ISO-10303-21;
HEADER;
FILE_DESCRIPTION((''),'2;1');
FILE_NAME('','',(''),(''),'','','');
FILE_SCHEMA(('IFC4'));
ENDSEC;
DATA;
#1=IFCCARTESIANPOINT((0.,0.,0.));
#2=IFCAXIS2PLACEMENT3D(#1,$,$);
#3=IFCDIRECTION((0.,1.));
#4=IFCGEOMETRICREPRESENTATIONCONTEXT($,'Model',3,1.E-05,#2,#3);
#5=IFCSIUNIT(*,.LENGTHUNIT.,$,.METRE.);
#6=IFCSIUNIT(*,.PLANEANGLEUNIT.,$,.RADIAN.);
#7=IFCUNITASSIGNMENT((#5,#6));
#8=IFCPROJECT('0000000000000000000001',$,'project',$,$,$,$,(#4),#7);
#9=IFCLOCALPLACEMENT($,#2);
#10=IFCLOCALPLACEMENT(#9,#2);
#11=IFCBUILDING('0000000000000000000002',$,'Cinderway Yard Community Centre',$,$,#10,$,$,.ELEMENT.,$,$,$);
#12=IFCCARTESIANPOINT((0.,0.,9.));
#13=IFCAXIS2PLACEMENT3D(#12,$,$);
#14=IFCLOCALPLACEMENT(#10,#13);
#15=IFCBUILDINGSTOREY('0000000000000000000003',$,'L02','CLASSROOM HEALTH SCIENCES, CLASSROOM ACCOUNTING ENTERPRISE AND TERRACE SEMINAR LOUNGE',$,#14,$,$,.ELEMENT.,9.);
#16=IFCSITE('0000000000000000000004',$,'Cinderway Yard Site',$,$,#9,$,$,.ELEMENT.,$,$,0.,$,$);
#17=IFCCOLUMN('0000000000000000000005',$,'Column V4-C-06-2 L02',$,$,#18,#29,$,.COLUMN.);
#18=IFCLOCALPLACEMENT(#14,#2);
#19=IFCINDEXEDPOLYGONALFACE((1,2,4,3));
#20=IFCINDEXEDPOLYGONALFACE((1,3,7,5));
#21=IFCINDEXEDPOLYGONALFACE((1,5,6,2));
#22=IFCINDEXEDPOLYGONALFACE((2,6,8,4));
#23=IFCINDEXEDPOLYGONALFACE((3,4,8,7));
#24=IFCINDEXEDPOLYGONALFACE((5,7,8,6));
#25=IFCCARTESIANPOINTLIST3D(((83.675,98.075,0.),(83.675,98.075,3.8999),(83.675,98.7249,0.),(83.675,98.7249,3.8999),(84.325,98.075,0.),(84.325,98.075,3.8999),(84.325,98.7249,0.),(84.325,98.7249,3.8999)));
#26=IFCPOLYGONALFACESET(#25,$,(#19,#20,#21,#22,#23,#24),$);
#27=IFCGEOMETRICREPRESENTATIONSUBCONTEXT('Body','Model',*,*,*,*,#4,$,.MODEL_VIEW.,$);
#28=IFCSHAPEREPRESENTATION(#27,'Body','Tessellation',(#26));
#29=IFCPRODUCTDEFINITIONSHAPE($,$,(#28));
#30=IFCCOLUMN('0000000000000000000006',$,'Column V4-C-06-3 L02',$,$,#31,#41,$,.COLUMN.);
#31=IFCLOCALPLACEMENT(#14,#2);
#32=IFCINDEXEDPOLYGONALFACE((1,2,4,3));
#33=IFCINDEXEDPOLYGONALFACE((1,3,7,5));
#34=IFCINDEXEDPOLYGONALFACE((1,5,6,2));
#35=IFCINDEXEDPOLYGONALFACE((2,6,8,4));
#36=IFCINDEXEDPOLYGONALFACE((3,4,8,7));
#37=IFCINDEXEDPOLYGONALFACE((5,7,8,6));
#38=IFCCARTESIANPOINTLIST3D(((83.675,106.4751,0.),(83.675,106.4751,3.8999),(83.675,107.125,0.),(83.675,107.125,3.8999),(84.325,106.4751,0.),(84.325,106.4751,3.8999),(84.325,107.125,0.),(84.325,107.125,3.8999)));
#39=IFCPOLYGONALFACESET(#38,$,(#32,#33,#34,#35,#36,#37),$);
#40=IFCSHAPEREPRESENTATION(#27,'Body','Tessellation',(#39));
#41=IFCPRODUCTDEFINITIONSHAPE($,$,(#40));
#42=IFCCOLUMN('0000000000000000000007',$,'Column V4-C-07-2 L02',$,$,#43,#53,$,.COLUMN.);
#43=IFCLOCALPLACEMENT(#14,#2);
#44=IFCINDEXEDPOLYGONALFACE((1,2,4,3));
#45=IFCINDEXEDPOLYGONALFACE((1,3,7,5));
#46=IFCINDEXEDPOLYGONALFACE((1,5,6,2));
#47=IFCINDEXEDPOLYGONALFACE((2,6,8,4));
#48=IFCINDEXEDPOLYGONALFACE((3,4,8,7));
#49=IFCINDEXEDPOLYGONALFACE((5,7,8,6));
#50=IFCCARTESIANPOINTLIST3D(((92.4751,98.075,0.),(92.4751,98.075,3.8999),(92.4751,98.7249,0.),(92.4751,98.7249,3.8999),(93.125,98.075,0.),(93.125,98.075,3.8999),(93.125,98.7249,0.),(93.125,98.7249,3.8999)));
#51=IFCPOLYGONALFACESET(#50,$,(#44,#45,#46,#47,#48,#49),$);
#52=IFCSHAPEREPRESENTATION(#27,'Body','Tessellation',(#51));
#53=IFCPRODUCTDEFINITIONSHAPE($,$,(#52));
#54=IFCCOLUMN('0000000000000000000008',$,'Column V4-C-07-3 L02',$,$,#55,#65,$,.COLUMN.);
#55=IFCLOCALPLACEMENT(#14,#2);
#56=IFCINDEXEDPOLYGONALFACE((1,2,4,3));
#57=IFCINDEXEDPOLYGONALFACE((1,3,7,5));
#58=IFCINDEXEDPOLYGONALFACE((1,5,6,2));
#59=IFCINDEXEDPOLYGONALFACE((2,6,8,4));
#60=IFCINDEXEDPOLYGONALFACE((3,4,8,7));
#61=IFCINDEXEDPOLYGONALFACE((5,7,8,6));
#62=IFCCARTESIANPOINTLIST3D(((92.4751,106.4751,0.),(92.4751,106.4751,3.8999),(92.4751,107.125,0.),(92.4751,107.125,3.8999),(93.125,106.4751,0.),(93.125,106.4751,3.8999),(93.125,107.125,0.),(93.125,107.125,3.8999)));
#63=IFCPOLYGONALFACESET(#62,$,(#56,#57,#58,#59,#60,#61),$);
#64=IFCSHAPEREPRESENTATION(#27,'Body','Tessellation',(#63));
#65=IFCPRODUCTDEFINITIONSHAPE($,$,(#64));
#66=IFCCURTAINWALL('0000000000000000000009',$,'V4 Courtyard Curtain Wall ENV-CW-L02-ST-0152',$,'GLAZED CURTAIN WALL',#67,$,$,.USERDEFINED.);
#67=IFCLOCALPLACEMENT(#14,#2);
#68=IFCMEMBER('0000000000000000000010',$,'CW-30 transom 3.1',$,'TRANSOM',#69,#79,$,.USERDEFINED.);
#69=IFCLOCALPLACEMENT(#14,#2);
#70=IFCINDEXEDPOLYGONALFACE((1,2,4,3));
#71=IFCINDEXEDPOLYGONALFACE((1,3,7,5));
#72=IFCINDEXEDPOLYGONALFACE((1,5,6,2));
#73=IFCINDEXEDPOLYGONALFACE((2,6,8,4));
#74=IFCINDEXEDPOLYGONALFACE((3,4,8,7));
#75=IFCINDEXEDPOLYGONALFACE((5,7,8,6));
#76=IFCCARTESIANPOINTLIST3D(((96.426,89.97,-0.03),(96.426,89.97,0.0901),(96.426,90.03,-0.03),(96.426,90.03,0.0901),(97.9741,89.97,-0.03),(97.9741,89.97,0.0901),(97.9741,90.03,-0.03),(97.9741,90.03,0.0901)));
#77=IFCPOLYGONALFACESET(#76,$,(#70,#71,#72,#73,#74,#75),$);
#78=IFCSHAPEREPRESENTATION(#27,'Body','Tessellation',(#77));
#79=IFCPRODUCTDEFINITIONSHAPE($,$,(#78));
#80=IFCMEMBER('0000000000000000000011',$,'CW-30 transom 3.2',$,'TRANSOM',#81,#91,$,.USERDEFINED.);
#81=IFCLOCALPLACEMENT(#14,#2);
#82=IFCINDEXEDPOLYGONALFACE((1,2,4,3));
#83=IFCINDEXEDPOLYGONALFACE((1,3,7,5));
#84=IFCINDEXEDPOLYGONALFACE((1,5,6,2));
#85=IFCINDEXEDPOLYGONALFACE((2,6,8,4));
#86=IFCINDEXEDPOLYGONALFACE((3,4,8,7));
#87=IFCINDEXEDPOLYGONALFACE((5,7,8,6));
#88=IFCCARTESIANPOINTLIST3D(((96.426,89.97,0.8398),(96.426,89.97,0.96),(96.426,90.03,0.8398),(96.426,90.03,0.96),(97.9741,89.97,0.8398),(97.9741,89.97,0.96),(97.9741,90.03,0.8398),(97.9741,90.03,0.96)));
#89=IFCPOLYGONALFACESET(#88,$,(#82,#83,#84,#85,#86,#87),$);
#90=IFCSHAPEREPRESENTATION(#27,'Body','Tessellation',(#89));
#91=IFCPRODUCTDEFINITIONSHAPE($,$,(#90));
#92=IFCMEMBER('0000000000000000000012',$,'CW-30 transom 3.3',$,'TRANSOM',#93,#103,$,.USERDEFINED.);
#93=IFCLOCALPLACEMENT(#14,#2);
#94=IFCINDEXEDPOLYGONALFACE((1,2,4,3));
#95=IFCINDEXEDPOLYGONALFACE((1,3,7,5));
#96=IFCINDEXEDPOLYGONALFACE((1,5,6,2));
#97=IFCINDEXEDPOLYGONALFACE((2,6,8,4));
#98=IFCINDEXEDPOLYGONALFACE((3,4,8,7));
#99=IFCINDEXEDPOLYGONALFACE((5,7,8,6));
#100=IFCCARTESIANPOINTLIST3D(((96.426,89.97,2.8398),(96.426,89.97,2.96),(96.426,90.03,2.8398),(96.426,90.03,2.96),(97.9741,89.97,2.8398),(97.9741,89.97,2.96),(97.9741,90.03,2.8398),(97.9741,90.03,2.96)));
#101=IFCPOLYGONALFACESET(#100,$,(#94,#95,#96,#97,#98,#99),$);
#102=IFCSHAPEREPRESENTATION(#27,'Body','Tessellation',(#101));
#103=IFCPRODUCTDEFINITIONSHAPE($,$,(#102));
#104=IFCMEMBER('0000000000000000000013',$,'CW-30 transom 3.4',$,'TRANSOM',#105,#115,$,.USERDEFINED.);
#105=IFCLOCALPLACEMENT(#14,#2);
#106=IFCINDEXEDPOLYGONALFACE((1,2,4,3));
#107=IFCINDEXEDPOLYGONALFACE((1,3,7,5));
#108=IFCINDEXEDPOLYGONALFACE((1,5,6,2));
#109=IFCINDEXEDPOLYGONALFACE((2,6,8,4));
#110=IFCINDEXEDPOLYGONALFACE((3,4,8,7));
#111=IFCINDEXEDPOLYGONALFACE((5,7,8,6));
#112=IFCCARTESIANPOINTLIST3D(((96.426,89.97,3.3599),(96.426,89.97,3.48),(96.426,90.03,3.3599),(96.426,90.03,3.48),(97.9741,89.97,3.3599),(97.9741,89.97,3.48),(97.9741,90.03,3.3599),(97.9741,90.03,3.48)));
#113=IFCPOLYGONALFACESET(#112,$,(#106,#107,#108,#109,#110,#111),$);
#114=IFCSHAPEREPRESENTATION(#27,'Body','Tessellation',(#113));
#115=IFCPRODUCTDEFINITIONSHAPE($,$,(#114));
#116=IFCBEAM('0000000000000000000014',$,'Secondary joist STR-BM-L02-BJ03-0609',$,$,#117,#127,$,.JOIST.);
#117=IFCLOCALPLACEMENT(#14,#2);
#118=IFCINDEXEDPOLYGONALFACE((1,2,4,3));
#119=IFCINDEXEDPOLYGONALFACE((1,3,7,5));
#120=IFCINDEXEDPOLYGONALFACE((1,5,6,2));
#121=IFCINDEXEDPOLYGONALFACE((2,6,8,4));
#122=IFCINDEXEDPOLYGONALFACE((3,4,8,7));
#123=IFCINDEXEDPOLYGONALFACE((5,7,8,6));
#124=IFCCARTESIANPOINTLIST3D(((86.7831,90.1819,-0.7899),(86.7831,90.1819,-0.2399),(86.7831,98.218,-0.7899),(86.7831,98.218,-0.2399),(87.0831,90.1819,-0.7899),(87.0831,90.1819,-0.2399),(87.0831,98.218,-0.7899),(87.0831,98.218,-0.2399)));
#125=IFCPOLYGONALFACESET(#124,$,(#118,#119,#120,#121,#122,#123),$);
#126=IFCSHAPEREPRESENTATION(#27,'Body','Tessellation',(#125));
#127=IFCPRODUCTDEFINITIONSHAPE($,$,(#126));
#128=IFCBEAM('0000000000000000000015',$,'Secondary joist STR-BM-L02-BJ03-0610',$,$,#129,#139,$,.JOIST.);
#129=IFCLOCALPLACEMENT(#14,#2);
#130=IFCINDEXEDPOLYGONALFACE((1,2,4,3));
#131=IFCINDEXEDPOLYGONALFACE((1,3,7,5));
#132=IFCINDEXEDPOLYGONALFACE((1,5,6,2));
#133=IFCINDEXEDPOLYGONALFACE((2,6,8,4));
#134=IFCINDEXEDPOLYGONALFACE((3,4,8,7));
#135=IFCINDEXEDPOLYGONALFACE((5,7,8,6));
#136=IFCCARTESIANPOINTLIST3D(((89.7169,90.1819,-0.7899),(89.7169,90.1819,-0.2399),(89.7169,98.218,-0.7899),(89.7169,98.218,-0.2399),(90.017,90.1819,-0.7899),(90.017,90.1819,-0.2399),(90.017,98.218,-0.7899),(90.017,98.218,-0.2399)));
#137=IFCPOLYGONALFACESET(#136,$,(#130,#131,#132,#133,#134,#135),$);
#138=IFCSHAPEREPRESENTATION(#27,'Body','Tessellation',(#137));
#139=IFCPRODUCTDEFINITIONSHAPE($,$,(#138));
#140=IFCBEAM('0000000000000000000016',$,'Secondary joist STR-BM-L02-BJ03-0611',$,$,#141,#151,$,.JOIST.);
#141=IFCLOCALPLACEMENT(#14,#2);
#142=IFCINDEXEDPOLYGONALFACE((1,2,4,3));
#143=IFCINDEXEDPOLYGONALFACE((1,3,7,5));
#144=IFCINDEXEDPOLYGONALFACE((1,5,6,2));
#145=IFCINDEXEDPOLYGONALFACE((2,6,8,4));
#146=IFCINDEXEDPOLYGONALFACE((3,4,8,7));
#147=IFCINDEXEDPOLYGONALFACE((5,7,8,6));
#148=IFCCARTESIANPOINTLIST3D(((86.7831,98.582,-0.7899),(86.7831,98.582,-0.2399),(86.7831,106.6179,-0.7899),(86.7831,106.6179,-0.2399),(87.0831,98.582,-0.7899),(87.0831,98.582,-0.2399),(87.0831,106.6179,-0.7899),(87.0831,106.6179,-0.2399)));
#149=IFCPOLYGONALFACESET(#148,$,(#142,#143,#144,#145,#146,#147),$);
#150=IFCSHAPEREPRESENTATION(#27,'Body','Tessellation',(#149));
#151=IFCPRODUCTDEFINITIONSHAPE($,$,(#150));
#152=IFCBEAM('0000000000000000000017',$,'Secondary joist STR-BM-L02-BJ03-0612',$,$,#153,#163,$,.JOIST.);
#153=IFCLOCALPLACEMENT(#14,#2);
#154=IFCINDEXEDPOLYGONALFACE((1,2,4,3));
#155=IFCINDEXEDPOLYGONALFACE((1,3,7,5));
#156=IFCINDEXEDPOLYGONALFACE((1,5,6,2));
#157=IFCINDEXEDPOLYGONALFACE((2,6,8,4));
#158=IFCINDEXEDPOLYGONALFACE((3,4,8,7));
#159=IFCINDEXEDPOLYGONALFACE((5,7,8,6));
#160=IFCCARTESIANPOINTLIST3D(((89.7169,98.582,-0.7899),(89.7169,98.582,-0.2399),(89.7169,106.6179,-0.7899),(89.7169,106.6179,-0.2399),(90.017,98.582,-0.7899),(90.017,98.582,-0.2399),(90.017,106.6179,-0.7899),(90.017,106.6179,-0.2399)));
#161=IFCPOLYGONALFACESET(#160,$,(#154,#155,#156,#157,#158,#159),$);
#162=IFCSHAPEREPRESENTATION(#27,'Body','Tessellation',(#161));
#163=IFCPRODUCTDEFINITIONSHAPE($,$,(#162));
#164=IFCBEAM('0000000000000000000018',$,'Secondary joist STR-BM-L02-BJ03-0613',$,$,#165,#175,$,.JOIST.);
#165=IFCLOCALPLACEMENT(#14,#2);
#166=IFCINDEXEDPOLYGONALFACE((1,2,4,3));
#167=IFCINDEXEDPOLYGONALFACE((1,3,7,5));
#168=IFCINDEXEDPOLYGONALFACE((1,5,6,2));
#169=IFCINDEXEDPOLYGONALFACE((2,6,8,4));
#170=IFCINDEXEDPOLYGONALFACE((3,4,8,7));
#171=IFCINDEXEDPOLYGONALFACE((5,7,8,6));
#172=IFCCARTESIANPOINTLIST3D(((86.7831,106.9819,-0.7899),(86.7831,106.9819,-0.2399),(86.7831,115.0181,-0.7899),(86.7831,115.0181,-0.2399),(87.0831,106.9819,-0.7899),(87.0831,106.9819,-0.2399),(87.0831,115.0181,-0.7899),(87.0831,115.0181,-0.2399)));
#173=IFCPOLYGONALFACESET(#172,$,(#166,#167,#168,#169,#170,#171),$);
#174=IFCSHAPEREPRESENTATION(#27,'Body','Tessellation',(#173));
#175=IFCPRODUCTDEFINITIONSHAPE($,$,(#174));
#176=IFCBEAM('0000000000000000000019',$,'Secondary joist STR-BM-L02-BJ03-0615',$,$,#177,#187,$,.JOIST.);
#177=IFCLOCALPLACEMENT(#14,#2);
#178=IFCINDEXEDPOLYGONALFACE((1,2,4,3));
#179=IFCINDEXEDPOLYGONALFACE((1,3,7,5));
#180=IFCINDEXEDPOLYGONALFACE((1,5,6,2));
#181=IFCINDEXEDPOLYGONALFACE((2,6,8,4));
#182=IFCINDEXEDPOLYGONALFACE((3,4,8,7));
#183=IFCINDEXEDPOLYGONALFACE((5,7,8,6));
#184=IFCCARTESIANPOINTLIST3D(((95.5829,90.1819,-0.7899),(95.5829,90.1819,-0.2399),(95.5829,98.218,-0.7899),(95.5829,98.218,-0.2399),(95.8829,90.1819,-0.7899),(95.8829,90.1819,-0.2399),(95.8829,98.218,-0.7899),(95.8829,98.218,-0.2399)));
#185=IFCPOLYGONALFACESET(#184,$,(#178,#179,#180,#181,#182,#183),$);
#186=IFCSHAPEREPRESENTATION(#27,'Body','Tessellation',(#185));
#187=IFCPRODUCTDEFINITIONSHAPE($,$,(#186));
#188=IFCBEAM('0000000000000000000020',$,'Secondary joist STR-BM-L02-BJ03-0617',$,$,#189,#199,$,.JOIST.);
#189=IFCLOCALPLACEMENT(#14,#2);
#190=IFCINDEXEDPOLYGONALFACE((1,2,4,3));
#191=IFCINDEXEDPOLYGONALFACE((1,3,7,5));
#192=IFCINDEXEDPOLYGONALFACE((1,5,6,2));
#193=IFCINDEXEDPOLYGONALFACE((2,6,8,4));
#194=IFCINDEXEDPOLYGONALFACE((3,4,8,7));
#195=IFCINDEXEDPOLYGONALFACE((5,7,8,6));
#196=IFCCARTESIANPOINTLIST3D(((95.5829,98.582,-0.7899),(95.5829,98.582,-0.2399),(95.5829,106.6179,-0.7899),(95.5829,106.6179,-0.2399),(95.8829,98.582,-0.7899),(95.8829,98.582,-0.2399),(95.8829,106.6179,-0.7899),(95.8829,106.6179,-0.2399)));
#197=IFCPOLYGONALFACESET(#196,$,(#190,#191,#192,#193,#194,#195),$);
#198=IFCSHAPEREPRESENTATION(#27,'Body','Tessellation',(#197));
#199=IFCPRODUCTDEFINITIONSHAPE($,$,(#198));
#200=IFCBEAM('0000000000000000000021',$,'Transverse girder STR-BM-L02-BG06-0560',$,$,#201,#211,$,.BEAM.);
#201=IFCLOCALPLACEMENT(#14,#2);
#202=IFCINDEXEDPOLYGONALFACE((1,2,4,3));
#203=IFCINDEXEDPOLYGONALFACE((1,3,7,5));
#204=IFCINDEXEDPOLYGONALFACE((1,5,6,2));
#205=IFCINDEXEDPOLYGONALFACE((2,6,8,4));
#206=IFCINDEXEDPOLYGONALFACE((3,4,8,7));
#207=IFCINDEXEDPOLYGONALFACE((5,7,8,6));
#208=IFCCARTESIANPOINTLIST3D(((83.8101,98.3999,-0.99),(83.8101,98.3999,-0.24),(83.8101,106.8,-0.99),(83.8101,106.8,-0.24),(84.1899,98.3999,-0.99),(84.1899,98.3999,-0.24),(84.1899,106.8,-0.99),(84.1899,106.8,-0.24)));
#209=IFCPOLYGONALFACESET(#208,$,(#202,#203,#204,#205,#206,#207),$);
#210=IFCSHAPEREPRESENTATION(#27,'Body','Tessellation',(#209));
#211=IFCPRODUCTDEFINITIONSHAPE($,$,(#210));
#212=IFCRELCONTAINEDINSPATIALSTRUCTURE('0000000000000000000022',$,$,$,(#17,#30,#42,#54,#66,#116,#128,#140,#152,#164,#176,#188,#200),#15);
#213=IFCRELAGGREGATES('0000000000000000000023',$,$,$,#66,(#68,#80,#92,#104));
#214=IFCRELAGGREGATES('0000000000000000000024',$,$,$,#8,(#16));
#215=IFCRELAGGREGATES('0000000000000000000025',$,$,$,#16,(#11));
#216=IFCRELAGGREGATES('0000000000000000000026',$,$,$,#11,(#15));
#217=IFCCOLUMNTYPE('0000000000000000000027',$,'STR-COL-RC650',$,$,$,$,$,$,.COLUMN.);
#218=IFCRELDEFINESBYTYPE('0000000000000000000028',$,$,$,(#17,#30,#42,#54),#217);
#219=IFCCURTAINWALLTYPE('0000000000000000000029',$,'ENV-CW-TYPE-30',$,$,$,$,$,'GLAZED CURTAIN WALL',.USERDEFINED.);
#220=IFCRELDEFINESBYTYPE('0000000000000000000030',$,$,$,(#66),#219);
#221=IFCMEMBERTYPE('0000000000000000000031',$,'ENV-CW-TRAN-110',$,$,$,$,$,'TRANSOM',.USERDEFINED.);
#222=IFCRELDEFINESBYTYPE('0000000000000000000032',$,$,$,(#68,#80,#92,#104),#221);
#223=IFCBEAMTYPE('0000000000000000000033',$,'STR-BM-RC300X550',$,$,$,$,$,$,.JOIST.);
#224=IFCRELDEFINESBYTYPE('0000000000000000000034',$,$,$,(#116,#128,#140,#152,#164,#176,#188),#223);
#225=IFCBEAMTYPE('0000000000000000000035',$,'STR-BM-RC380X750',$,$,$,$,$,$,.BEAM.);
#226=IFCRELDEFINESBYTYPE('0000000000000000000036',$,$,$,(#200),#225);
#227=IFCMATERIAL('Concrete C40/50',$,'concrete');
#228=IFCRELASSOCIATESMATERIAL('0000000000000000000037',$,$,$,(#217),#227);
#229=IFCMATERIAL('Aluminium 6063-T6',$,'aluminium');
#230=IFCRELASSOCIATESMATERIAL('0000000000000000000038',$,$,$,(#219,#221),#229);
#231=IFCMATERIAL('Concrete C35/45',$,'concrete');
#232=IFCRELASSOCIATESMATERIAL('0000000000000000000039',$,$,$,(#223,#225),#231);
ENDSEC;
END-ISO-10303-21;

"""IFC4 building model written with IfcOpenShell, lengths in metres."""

from ifc_helpers import new_model, si_unit, direction, frame, origin, origin_2d, place, context, subcontext, project, spatial, rectangle, extrude, material, material_profile, profile_set, type_object, element, aggregate, save


model = new_model("IFC4")

# Units and contexts
model_context = context("Model", 3, precision=1e-05, world=origin(), true_north=direction((0.0, 1.0)))
body_context = subcontext(model_context, "Body", "Model", "MODEL_VIEW")
ifc_project = project(units=[si_unit("LENGTHUNIT", "METRE"), si_unit("PLANEANGLEUNIT", "RADIAN")], contexts=[model_context])

# Site, building, storey
site_placement = place(None, origin())
site = spatial("IfcSite", under=ifc_project, at=site_placement, Name="Cinderway Yard Site", CompositionType="ELEMENT", RefElevation=0.0)
building_placement = place(site_placement, origin())
building = spatial("IfcBuilding", under=site, at=building_placement, Name="Cinderway Yard Community Centre", CompositionType="ELEMENT")
storey_placement = place(building_placement, frame((0.0, 0.0, 9.0)))
storey = spatial("IfcBuildingStorey", under=building, at=storey_placement, Name="L02", Description="CLASSROOM HEALTH SCIENCES, CLASSROOM ACCOUNTING ENTERPRISE AND TERRACE SEMINAR LOUNGE", CompositionType="ELEMENT", Elevation=9.0)

# Columns
ifc_material_1 = material(Name="Concrete C40/50", Category="concrete")
ifc_material_profile_1 = material_profile(ifc_material_1, rectangle(XDim=0.6499, YDim=0.6499, at=origin_2d()), Name="Concrete C40/50")
ifc_profile_set_1 = profile_set([ifc_material_profile_1], Name="Concrete C40/50")
column_type = type_object("IfcColumnType", Name="STR-COL-RC650", PredefinedType="COLUMN", material=ifc_profile_set_1)
for number, where, z_axis, x_axis, name in (
    (1, (84.0, 98.3999, 0.0), (0.0, 0.0, 1.0), (1.0, 0.0, 0.0), "Column V4-C-06-2 L02"),
    (2, (84.0, 106.8, 0.0), (0.0, 0.0, 1.0), (1.0, 0.0, 0.0), "Column V4-C-06-3 L02"),
    (3, (92.8, 98.3999, 0.0), (0.0, 0.0, 1.0), (1.0, 0.0, 0.0), "Column V4-C-07-2 L02"),
    (4, (92.8, 106.8, 0.0), (0.0, 0.0, 1.0), (1.0, 0.0, 0.0), "Column V4-C-07-3 L02"),
):
    element("IfcColumn", number, at=place(storey_placement, frame(where, z_axis=z_axis, x_axis=x_axis)), inside=storey, type_object=column_type, Name=name, PredefinedType="COLUMN", context=body_context, shape_type="SweptSolid", body=[
        extrude(rectangle(XDim=0.6499, YDim=0.6499, at=origin_2d()), origin(), (0.0, 0.0, 1.0), 3.8999),
    ])

# Curtain wall, members
ifc_material_2 = material(Name="Aluminium 6063-T6", Category="aluminium")
curtain_wall_type = type_object("IfcCurtainWallType", Name="ENV-CW-TYPE-30", ElementType="GLAZED CURTAIN WALL", PredefinedType="USERDEFINED", material=ifc_material_2)
curtain_wall_placement = place(storey_placement, origin())
curtain_wall = element("IfcCurtainWall", 5, at=curtain_wall_placement, inside=storey, type_object=curtain_wall_type, Name="V4 Courtyard Curtain Wall ENV-CW-L02-ST-0152", ObjectType="GLAZED CURTAIN WALL", PredefinedType="USERDEFINED")
ifc_material_profile_2 = material_profile(ifc_material_2, rectangle(XDim=0.0601, YDim=0.1201, at=origin_2d()), Name="Aluminium 6063-T6")
ifc_profile_set_2 = profile_set([ifc_material_profile_2], Name="Aluminium 6063-T6")
member_type = type_object("IfcMemberType", Name="ENV-CW-TRAN-110", ElementType="TRANSOM", PredefinedType="USERDEFINED", material=ifc_profile_set_2)
member_1_placement = place(storey_placement, frame((96.426, 90.0, 0.03), z_axis=(1.0, 0.0, 0.0), x_axis=(0.0, 1.0, 0.0)))
member_1 = element("IfcMember", 6, at=member_1_placement, type_object=member_type, Name="CW-30 transom 3.1", ObjectType="TRANSOM", PredefinedType="USERDEFINED", context=body_context, shape_type="SweptSolid", body=[
    extrude(rectangle(XDim=0.0601, YDim=0.1201, at=origin_2d()), origin(), (0.0, 0.0, 1.0), 1.5481),
])
member_2_placement = place(storey_placement, frame((96.426, 90.0, 0.8999), z_axis=(1.0, 0.0, 0.0), x_axis=(0.0, 1.0, 0.0)))
member_2 = element("IfcMember", 7, at=member_2_placement, type_object=member_type, Name="CW-30 transom 3.2", ObjectType="TRANSOM", PredefinedType="USERDEFINED", context=body_context, shape_type="SweptSolid", body=[
    extrude(rectangle(XDim=0.0601, YDim=0.1201, at=origin_2d()), origin(), (0.0, 0.0, 1.0), 1.5481),
])
member_3_placement = place(storey_placement, frame((96.426, 90.0, 2.8999), z_axis=(1.0, 0.0, 0.0), x_axis=(0.0, 1.0, 0.0)))
member_3 = element("IfcMember", 8, at=member_3_placement, type_object=member_type, Name="CW-30 transom 3.3", ObjectType="TRANSOM", PredefinedType="USERDEFINED", context=body_context, shape_type="SweptSolid", body=[
    extrude(rectangle(XDim=0.0601, YDim=0.1201, at=origin_2d()), origin(), (0.0, 0.0, 1.0), 1.5481),
])
member_4_placement = place(storey_placement, frame((96.426, 90.0, 3.4199), z_axis=(1.0, 0.0, 0.0), x_axis=(0.0, 1.0, 0.0)))
member_4 = element("IfcMember", 9, at=member_4_placement, type_object=member_type, Name="CW-30 transom 3.4", ObjectType="TRANSOM", PredefinedType="USERDEFINED", context=body_context, shape_type="SweptSolid", body=[
    extrude(rectangle(XDim=0.0601, YDim=0.1201, at=origin_2d()), origin(), (0.0, 0.0, 1.0), 1.5481),
])

# Beams
ifc_material_3 = material(Name="Concrete C35/45", Category="concrete")
ifc_material_profile_3 = material_profile(ifc_material_3, rectangle(XDim=0.3, YDim=0.55, at=origin_2d()), Name="Concrete C35/45")
ifc_profile_set_3 = profile_set([ifc_material_profile_3], Name="Concrete C35/45")
beam_type_1 = type_object("IfcBeamType", Name="STR-BM-RC300X550", PredefinedType="JOIST", material=ifc_profile_set_3)
for number, where, z_axis, x_axis, name in (
    (10, (86.9331, 90.1819, -0.5149), (0.0, 1.0, 0.0), (-1.0, 0.0, 0.0), "Secondary joist STR-BM-L02-BJ03-0609"),
    (11, (89.8669, 90.1819, -0.5149), (0.0, 1.0, 0.0), (-1.0, 0.0, 0.0), "Secondary joist STR-BM-L02-BJ03-0610"),
):
    element("IfcBeam", number, at=place(storey_placement, frame(where, z_axis=z_axis, x_axis=x_axis)), inside=storey, type_object=beam_type_1, Name=name, PredefinedType="JOIST", context=body_context, shape_type="SweptSolid", body=[
        extrude(rectangle(XDim=0.3, YDim=0.55, at=origin_2d()), origin(), (0.0, 0.0, 1.0), 8.0361),
    ])
for number, where, z_axis, x_axis, name in (
    (12, (86.9331, 98.582, -0.5149), (0.0, 1.0, 0.0), (-1.0, 0.0, 0.0), "Secondary joist STR-BM-L02-BJ03-0611"),
    (13, (89.8669, 98.582, -0.5149), (0.0, 1.0, 0.0), (-1.0, 0.0, 0.0), "Secondary joist STR-BM-L02-BJ03-0612"),
):
    element("IfcBeam", number, at=place(storey_placement, frame(where, z_axis=z_axis, x_axis=x_axis)), inside=storey, type_object=beam_type_1, Name=name, PredefinedType="JOIST", context=body_context, shape_type="SweptSolid", body=[
        extrude(rectangle(XDim=0.3, YDim=0.55, at=origin_2d()), origin(), (0.0, 0.0, 1.0), 8.0359),
    ])
for number, where, z_axis, x_axis, name in (
    (14, (86.9331, 106.9819, -0.5149), (0.0, 1.0, 0.0), (-1.0, 0.0, 0.0), "Secondary joist STR-BM-L02-BJ03-0613"),
    (15, (95.7329, 90.1819, -0.5149), (0.0, 1.0, 0.0), (-1.0, 0.0, 0.0), "Secondary joist STR-BM-L02-BJ03-0615"),
):
    element("IfcBeam", number, at=place(storey_placement, frame(where, z_axis=z_axis, x_axis=x_axis)), inside=storey, type_object=beam_type_1, Name=name, PredefinedType="JOIST", context=body_context, shape_type="SweptSolid", body=[
        extrude(rectangle(XDim=0.3, YDim=0.55, at=origin_2d()), origin(), (0.0, 0.0, 1.0), 8.0361),
    ])
beam_1_placement = place(storey_placement, frame((95.7329, 98.582, -0.5149), z_axis=(0.0, 1.0, 0.0), x_axis=(-1.0, 0.0, 0.0)))
element("IfcBeam", 16, at=beam_1_placement, inside=storey, type_object=beam_type_1, Name="Secondary joist STR-BM-L02-BJ03-0617", PredefinedType="JOIST", context=body_context, shape_type="SweptSolid", body=[
    extrude(rectangle(XDim=0.3, YDim=0.55, at=origin_2d()), origin(), (0.0, 0.0, 1.0), 8.0359),
])
ifc_material_profile_4 = material_profile(ifc_material_3, rectangle(XDim=0.3799, YDim=0.75, at=origin_2d()), Name="Concrete C35/45")
ifc_profile_set_4 = profile_set([ifc_material_profile_4], Name="Concrete C35/45")
beam_type_2 = type_object("IfcBeamType", Name="STR-BM-RC380X750", PredefinedType="BEAM", material=ifc_profile_set_4)
beam_2_placement = place(storey_placement, frame((84.0, 98.3999, -0.615), z_axis=(0.0, 1.0, 0.0), x_axis=(-1.0, 0.0, 0.0)))
element("IfcBeam", 17, at=beam_2_placement, inside=storey, type_object=beam_type_2, Name="Transverse girder STR-BM-L02-BG06-0560", PredefinedType="BEAM", context=body_context, shape_type="SweptSolid", body=[
    extrude(rectangle(XDim=0.3799, YDim=0.75, at=origin_2d()), origin(), (0.0, 0.0, 1.0), 8.4001),
])

aggregate(curtain_wall, [member_1, member_2, member_3, member_4])

save(model, "model.ifc")
